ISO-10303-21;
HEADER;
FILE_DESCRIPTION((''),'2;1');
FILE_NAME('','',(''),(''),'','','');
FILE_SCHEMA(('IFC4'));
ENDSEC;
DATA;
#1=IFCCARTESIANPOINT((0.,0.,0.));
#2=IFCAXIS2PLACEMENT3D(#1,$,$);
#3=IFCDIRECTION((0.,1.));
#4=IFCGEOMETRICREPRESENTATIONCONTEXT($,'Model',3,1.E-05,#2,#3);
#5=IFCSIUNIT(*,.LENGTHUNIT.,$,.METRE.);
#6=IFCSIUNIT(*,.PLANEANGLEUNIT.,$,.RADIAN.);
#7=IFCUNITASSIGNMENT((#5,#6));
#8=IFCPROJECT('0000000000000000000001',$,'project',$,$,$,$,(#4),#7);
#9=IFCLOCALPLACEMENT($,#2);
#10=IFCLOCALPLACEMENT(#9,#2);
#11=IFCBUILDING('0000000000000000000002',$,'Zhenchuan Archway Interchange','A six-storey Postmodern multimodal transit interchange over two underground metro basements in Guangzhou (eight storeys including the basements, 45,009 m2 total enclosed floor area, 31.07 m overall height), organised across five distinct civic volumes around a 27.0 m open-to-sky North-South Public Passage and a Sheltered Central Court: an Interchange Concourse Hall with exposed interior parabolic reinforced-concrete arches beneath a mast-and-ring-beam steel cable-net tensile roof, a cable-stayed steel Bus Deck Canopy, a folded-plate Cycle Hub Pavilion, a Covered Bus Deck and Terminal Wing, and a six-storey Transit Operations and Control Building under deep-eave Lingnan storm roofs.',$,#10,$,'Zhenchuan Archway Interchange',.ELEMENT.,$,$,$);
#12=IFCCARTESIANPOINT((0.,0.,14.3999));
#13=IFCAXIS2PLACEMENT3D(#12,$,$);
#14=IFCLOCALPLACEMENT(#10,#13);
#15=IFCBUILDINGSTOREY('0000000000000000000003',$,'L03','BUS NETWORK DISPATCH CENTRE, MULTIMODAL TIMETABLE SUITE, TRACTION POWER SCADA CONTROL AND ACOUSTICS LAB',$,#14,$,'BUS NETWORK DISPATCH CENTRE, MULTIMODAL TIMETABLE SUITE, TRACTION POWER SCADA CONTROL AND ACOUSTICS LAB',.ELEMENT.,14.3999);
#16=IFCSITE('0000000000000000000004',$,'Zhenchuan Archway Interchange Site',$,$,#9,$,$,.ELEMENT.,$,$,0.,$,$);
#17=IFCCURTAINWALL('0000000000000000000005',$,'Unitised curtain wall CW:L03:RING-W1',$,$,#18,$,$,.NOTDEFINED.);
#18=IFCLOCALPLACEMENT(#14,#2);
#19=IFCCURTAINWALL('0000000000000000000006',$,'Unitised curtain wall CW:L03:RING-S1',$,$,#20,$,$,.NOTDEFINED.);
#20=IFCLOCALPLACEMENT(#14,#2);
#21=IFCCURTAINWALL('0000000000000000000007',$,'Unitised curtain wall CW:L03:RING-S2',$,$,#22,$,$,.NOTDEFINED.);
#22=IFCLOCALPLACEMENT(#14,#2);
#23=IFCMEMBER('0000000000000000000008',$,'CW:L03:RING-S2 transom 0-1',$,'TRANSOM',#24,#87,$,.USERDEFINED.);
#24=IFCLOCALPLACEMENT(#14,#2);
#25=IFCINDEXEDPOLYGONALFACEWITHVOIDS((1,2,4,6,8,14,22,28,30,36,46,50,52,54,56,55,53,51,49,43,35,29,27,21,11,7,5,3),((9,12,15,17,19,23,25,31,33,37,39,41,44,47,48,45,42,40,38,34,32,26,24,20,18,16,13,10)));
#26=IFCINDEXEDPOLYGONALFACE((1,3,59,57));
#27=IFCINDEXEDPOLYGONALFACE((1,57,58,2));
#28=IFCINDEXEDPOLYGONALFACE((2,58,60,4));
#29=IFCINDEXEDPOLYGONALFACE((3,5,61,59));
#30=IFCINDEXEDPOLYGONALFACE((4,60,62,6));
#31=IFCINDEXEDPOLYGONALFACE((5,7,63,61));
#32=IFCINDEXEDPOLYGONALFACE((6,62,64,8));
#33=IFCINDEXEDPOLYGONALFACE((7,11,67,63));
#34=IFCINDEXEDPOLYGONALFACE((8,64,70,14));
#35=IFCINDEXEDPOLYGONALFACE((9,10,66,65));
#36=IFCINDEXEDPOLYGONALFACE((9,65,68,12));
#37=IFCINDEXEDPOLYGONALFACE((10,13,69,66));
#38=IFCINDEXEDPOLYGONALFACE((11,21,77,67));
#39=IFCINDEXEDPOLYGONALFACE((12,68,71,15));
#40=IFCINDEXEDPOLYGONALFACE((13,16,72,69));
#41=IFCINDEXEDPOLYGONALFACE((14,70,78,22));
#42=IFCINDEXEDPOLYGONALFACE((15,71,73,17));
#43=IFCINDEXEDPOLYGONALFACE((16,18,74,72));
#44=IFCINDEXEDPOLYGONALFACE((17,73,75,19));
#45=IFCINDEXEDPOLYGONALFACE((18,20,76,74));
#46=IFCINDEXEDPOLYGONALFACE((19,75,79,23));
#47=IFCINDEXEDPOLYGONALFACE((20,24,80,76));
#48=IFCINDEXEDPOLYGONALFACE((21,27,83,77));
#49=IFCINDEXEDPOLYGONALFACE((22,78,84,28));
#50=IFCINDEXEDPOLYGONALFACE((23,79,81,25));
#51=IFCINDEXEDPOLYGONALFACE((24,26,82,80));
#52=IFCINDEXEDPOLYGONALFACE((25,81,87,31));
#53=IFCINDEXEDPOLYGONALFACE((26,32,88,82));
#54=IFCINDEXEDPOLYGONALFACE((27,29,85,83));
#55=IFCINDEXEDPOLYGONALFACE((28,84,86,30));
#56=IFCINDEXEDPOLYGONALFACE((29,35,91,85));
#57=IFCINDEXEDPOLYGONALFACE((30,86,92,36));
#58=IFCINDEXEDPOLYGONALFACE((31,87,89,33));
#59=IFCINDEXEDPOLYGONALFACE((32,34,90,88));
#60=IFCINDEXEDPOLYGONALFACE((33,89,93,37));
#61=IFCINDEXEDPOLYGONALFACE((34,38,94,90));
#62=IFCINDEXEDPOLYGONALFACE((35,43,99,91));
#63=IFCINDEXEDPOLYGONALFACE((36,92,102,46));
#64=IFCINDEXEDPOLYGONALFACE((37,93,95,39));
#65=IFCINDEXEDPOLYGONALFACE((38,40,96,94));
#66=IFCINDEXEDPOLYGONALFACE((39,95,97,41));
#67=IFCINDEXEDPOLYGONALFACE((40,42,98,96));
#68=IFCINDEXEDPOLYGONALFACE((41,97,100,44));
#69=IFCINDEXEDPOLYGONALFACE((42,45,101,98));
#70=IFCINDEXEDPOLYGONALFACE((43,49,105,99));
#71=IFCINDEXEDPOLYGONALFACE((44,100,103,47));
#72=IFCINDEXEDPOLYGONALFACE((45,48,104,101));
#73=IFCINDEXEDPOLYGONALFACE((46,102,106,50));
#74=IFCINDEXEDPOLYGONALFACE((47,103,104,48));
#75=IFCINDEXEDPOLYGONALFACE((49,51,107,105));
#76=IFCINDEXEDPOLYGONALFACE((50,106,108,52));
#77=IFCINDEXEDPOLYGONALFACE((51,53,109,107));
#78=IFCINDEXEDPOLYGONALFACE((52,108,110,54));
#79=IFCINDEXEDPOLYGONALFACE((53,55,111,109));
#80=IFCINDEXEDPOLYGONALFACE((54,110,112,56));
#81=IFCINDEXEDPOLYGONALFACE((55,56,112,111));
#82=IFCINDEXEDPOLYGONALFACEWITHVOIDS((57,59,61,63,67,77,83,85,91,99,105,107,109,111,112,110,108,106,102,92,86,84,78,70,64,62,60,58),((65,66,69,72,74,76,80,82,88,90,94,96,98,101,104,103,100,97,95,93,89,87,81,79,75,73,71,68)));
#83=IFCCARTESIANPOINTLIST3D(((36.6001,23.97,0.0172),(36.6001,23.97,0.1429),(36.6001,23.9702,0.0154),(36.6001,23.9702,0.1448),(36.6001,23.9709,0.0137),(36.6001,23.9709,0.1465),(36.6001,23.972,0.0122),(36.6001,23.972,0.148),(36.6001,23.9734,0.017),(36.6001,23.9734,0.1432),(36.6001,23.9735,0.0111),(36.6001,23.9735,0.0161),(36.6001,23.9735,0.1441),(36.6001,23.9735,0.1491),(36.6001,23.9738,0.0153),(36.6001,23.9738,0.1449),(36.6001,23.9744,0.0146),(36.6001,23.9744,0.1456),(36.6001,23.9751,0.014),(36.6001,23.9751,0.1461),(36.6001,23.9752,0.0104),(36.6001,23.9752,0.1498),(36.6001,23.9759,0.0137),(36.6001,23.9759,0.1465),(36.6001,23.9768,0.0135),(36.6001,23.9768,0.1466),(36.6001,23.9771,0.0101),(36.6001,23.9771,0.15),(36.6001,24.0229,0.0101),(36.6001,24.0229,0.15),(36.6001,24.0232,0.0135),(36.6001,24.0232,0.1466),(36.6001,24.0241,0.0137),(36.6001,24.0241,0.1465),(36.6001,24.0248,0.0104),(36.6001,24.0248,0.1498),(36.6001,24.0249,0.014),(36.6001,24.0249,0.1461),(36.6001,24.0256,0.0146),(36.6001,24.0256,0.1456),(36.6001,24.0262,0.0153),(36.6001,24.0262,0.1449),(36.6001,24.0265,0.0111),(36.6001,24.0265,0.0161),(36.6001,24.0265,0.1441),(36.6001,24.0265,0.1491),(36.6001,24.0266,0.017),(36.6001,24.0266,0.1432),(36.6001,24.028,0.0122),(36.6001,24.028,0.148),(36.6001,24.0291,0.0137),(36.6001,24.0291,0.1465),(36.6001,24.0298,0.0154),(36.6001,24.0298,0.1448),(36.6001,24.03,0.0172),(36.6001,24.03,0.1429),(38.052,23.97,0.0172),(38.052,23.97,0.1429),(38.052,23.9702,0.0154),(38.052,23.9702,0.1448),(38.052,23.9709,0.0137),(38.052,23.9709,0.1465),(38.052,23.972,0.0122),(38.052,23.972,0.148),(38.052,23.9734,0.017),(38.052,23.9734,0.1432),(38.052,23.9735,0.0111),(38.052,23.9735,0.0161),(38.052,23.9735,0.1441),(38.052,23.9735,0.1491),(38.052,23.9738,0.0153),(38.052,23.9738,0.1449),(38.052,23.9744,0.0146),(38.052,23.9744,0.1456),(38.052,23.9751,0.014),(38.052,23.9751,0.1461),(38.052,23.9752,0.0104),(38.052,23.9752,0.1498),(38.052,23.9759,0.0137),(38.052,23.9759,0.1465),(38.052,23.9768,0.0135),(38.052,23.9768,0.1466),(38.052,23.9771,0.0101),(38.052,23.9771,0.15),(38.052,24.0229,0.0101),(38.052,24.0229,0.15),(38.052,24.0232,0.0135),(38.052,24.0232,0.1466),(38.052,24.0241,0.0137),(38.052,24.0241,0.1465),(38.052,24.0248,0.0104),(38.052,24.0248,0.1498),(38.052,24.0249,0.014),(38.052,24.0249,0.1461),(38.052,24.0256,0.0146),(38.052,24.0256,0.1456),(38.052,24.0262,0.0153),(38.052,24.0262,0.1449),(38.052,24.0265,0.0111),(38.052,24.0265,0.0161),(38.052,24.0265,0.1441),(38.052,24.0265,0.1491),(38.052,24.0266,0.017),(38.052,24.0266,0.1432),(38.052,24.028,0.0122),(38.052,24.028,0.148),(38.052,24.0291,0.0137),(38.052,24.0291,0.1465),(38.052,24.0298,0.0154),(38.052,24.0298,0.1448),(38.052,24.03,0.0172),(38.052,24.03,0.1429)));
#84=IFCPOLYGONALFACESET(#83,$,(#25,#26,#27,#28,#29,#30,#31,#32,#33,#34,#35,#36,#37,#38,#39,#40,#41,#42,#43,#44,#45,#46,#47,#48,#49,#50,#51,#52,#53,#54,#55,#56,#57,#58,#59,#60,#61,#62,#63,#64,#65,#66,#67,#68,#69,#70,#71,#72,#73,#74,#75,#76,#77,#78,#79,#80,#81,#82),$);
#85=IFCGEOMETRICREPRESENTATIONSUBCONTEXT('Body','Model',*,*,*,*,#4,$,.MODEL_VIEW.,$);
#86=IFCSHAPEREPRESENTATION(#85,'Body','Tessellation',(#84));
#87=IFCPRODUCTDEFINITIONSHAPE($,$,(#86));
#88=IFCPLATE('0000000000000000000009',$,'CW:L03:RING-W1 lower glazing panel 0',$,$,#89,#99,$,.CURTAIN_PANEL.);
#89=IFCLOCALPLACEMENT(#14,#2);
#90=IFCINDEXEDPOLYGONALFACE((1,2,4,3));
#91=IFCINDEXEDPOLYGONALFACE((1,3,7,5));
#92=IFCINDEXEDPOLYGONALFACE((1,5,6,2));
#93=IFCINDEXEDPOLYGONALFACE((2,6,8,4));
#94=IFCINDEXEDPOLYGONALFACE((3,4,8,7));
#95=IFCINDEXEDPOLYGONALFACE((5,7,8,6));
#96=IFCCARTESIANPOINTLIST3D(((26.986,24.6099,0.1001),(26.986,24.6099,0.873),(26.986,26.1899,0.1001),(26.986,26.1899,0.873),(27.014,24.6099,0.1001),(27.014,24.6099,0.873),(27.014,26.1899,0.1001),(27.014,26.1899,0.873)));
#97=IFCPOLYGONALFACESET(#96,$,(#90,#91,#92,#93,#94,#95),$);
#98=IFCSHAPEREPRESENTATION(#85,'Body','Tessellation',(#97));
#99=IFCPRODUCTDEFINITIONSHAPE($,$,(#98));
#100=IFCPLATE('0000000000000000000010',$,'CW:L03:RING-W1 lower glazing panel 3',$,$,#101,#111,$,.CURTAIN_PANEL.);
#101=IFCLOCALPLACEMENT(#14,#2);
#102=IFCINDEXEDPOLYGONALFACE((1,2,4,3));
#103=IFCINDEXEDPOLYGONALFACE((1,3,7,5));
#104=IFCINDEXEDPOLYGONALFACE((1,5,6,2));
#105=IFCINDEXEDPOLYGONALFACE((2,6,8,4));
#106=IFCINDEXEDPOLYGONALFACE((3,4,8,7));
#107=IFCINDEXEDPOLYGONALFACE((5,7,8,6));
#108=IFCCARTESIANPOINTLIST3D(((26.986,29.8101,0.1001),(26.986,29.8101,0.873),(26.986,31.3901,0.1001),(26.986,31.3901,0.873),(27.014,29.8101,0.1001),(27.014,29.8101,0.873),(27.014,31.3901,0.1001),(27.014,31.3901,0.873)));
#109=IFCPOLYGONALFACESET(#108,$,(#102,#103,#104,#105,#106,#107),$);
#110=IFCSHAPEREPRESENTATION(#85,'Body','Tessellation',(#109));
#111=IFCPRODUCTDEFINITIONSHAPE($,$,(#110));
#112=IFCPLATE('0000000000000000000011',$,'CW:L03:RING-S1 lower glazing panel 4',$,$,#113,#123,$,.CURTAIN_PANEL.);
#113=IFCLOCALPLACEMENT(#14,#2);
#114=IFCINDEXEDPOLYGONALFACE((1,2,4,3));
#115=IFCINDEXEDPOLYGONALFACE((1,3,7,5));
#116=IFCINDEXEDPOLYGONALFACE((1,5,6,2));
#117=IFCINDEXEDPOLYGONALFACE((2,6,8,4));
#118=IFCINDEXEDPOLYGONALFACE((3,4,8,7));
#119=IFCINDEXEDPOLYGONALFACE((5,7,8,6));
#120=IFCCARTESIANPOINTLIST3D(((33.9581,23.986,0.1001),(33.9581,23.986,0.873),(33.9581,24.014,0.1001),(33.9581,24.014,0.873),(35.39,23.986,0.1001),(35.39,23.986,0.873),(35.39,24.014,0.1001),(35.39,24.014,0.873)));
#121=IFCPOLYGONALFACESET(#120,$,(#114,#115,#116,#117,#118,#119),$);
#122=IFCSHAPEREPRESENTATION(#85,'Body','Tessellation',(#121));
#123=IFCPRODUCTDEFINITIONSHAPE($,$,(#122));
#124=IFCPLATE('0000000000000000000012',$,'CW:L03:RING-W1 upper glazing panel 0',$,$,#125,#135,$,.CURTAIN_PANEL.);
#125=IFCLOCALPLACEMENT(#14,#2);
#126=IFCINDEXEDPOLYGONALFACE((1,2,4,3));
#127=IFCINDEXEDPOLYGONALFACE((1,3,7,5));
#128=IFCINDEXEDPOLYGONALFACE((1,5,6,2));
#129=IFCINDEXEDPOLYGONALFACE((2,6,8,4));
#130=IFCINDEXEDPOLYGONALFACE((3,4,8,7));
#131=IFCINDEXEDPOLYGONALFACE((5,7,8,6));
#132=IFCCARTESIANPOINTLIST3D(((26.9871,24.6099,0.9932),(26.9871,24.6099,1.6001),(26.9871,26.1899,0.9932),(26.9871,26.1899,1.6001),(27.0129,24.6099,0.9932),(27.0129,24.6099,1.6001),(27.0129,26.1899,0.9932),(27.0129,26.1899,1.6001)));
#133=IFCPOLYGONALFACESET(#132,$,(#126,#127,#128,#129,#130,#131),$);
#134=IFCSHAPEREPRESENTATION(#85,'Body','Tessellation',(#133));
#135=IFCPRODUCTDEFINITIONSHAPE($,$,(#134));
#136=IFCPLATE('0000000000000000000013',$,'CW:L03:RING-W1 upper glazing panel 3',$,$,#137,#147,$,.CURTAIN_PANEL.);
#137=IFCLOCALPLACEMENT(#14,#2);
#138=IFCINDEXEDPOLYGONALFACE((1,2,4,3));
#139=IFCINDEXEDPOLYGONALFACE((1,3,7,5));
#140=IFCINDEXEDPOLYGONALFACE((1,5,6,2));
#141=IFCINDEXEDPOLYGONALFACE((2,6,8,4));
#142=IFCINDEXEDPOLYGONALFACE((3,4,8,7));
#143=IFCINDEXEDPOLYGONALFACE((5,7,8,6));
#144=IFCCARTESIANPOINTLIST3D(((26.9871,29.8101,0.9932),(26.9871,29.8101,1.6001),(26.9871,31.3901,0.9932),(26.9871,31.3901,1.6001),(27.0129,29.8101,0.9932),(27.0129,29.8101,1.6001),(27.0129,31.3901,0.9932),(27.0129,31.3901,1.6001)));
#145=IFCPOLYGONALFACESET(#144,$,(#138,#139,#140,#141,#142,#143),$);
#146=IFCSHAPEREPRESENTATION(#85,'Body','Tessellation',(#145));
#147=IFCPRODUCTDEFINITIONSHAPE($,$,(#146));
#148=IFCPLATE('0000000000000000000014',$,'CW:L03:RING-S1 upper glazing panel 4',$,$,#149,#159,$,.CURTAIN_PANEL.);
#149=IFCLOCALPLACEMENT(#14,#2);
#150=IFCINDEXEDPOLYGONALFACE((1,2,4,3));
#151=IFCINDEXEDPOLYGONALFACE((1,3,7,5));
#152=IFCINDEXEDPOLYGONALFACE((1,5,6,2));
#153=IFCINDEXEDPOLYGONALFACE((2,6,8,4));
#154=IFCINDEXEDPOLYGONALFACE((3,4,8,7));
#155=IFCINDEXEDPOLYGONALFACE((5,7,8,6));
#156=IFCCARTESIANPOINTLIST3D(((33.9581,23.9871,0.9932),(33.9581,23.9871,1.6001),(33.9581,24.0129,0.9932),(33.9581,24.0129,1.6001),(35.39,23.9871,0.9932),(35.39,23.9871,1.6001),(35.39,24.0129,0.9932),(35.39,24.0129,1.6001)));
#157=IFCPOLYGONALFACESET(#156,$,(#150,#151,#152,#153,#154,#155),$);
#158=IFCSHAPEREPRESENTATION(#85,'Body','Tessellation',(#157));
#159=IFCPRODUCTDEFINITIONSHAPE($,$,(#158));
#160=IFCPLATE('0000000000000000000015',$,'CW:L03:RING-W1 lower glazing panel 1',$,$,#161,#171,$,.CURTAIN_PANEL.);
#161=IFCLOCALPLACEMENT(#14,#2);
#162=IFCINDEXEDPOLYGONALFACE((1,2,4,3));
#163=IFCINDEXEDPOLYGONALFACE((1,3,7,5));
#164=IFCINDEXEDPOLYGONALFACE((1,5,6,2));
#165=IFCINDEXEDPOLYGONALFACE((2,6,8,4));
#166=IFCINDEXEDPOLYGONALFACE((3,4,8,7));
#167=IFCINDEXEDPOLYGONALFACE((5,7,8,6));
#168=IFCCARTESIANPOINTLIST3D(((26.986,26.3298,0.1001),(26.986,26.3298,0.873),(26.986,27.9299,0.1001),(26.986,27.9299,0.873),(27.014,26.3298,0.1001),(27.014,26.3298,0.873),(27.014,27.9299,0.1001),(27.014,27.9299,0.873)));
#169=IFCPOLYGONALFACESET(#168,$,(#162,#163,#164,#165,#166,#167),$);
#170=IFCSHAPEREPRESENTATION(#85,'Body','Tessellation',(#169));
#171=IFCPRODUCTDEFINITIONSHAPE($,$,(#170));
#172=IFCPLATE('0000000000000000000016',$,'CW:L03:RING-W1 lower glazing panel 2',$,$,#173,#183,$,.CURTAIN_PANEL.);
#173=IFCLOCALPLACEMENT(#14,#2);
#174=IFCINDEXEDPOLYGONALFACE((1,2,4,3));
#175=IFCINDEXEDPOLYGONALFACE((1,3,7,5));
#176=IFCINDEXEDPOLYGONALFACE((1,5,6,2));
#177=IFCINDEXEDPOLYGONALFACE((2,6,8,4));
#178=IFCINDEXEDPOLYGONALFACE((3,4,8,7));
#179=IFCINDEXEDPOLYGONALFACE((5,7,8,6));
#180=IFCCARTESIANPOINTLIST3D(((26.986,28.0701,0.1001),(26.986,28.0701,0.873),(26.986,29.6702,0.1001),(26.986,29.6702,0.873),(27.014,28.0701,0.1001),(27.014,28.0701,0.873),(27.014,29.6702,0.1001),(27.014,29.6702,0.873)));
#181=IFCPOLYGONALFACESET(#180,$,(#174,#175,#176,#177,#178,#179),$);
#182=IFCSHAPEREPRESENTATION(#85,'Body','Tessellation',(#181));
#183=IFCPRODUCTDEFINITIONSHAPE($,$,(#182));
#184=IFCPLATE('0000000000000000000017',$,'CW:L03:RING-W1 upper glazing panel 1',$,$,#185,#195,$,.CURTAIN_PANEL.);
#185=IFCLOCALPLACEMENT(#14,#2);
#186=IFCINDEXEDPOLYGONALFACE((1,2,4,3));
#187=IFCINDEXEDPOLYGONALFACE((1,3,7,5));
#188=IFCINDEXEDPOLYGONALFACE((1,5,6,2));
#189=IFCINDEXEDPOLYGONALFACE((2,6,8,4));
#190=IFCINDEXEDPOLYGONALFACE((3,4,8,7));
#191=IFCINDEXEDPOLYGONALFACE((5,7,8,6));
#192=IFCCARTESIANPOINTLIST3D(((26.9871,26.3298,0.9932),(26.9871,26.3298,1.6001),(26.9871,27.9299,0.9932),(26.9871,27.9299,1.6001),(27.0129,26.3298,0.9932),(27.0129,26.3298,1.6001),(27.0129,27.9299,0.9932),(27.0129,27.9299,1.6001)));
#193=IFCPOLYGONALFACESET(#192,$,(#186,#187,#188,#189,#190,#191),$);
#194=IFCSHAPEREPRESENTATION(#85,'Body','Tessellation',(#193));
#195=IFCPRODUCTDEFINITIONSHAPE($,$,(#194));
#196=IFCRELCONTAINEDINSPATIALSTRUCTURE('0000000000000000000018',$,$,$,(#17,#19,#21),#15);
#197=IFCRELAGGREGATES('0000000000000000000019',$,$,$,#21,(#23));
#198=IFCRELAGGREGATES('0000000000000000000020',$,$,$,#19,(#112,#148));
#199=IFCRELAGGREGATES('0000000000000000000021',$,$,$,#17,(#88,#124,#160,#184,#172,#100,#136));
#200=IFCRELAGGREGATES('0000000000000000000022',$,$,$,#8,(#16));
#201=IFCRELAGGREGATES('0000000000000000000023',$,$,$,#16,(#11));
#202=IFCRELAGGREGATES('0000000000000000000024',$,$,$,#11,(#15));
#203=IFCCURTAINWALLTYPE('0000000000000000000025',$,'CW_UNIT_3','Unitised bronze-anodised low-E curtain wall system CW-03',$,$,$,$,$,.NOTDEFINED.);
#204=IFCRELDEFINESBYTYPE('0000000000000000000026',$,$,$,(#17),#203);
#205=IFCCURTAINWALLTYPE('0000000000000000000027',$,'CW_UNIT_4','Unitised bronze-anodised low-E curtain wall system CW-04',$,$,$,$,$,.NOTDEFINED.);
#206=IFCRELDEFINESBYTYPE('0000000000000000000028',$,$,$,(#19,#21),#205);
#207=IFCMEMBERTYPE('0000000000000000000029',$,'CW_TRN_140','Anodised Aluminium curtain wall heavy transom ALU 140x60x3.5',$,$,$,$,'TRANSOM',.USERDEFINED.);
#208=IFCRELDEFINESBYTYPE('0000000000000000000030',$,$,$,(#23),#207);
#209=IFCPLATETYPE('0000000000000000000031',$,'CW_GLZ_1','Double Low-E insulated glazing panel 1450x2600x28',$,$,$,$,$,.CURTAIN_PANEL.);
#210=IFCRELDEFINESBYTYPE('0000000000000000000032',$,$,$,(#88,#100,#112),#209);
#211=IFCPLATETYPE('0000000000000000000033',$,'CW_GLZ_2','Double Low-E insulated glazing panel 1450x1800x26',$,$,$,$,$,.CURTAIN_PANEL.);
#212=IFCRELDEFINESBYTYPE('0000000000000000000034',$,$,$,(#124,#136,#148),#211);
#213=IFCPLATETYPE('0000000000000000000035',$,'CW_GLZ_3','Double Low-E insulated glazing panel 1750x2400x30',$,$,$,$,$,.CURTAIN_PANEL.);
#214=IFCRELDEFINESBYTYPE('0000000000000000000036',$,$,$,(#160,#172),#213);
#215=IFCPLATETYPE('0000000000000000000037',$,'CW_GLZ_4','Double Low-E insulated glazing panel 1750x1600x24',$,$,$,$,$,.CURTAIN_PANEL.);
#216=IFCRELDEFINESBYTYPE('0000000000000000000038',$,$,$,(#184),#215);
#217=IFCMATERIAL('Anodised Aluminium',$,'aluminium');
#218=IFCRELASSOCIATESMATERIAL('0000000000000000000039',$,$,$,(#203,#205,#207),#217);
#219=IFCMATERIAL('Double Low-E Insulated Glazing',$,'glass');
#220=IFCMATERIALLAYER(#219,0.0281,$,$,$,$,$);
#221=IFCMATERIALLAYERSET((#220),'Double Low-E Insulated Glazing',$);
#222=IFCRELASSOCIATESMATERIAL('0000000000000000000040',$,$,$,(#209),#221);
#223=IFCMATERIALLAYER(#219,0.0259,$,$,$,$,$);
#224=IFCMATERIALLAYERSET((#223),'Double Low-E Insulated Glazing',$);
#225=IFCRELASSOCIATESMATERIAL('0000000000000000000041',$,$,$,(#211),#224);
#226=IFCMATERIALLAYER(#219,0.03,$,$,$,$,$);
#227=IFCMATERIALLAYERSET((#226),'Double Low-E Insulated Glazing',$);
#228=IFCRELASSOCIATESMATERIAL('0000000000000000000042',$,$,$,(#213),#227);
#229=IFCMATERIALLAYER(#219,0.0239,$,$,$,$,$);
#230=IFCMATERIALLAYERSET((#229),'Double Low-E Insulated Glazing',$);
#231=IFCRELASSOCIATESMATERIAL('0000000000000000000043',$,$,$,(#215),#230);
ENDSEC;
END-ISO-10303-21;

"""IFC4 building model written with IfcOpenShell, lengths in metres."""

from ifc_helpers import new_model, si_unit, direction, frame, origin, origin_2d, place, context, subcontext, project, spatial, rectangle, hollow_rectangle, extrude, material, layer, layer_set, material_profile, profile_set, type_object, element, aggregate, save


model = new_model("IFC4")

# Units and contexts
model_context = context("Model", 3, precision=1e-05, world=origin(), true_north=direction((0.0, 1.0)))
body_context = subcontext(model_context, "Body", "Model", "MODEL_VIEW")
ifc_project = project(units=[si_unit("LENGTHUNIT", "METRE"), si_unit("PLANEANGLEUNIT", "RADIAN")], contexts=[model_context])

# Site, building, storey
site_placement = place(None, origin())
site = spatial("IfcSite", under=ifc_project, at=site_placement, Name="Zhenchuan Archway Interchange Site", CompositionType="ELEMENT", RefElevation=0.0)
building_placement = place(site_placement, origin())
building = spatial("IfcBuilding", under=site, at=building_placement, Name="Zhenchuan Archway Interchange", Description="A six-storey Postmodern multimodal transit interchange over two underground metro basements in Guangzhou (eight storeys including the basements, 45,009 m2 total enclosed floor area, 31.07 m overall height), organised across five distinct civic volumes around a 27.0 m open-to-sky North-South Public Passage and a Sheltered Central Court: an Interchange Concourse Hall with exposed interior parabolic reinforced-concrete arches beneath a mast-and-ring-beam steel cable-net tensile roof, a cable-stayed steel Bus Deck Canopy, a folded-plate Cycle Hub Pavilion, a Covered Bus Deck and Terminal Wing, and a six-storey Transit Operations and Control Building under deep-eave Lingnan storm roofs.", LongName="Zhenchuan Archway Interchange", CompositionType="ELEMENT")
storey_placement = place(building_placement, frame((0.0, 0.0, 14.3999)))
storey = spatial("IfcBuildingStorey", under=building, at=storey_placement, Name="L03", Description="BUS NETWORK DISPATCH CENTRE, MULTIMODAL TIMETABLE SUITE, TRACTION POWER SCADA CONTROL AND ACOUSTICS LAB", LongName="BUS NETWORK DISPATCH CENTRE, MULTIMODAL TIMETABLE SUITE, TRACTION POWER SCADA CONTROL AND ACOUSTICS LAB", CompositionType="ELEMENT", Elevation=14.3999)

# Curtain wall
ifc_material_1 = material(Name="Anodised Aluminium", Category="aluminium")
curtain_wall_type_1 = type_object("IfcCurtainWallType", Name="CW_UNIT_3", Description="Unitised bronze-anodised low-E curtain wall system CW-03", PredefinedType="NOTDEFINED", material=ifc_material_1)
curtain_wall_1_placement = place(storey_placement, origin())
curtain_wall_1 = element("IfcCurtainWall", 1, at=curtain_wall_1_placement, inside=storey, type_object=curtain_wall_type_1, Name="Unitised curtain wall CW:L03:RING-W1", PredefinedType="NOTDEFINED")

# Curtain walls
curtain_wall_type_2 = type_object("IfcCurtainWallType", Name="CW_UNIT_4", Description="Unitised bronze-anodised low-E curtain wall system CW-04", PredefinedType="NOTDEFINED", material=ifc_material_1)
curtain_wall_2_placement = place(storey_placement, origin())
curtain_wall_2 = element("IfcCurtainWall", 2, at=curtain_wall_2_placement, inside=storey, type_object=curtain_wall_type_2, Name="Unitised curtain wall CW:L03:RING-S1", PredefinedType="NOTDEFINED")
curtain_wall_3_placement = place(storey_placement, origin())
curtain_wall_3 = element("IfcCurtainWall", 3, at=curtain_wall_3_placement, inside=storey, type_object=curtain_wall_type_2, Name="Unitised curtain wall CW:L03:RING-S2", PredefinedType="NOTDEFINED")

# Member
ifc_material_profile_1 = material_profile(ifc_material_1, hollow_rectangle(XDim=0.0601, YDim=0.1399, WallThickness=0.0034, InnerFilletRadius=0.0034, OuterFilletRadius=0.0071, at=origin_2d()), Name="ALU 140x60x3.5")
ifc_profile_set_1 = profile_set([ifc_material_profile_1], Name="Anodised Aluminium")
member_type_1 = type_object("IfcMemberType", Name="CW_TRN_140", Description="Anodised Aluminium curtain wall heavy transom ALU 140x60x3.5", ElementType="TRANSOM", PredefinedType="USERDEFINED", material=ifc_profile_set_1)
member_1_placement = place(storey_placement, frame((36.6001, 24.0, 0.0801), z_axis=(1.0, 0.0, 0.0), x_axis=(0.0, 1.0, 0.0)))
member_1 = element("IfcMember", 4, at=member_1_placement, type_object=member_type_1, Name="CW:L03:RING-S2 transom 0-1", ObjectType="TRANSOM", PredefinedType="USERDEFINED", context=body_context, shape_type="SweptSolid", body=[
    extrude(hollow_rectangle(XDim=0.0601, YDim=0.1399, WallThickness=0.0034, InnerFilletRadius=0.0034, OuterFilletRadius=0.0071, at=origin_2d()), origin(), (0.0, 0.0, 1.0), 1.4519),
])
aggregate(curtain_wall_3, [member_1])

# Plates
ifc_material_2 = material(Name="Double Low-E Insulated Glazing", Category="glass")
ifc_layer_1 = layer(ifc_material_2, 0.0281)
ifc_layer_set_1 = layer_set([ifc_layer_1], Name="Double Low-E Insulated Glazing")
plate_type_1 = type_object("IfcPlateType", Name="CW_GLZ_1", Description="Double Low-E insulated glazing panel 1450x2600x28", PredefinedType="CURTAIN_PANEL", material=ifc_layer_set_1)
plate_1_placement = place(storey_placement, frame((27.0, 25.3999, 0.1001), z_axis=(0.0, 0.0, 1.0), x_axis=(0.0, 1.0, 0.0)))
plate_1 = element("IfcPlate", 5, at=plate_1_placement, type_object=plate_type_1, Name="CW:L03:RING-W1 lower glazing panel 0", PredefinedType="CURTAIN_PANEL", context=body_context, shape_type="SweptSolid", body=[
    extrude(rectangle(XDim=1.5801, YDim=0.0281, at=origin_2d()), origin(), (0.0, 0.0, 1.0), 0.7729),
])
plate_2_placement = place(storey_placement, frame((27.0, 30.6001, 0.1001), z_axis=(0.0, 0.0, 1.0), x_axis=(0.0, 1.0, 0.0)))
plate_2 = element("IfcPlate", 6, at=plate_2_placement, type_object=plate_type_1, Name="CW:L03:RING-W1 lower glazing panel 3", PredefinedType="CURTAIN_PANEL", context=body_context, shape_type="SweptSolid", body=[
    extrude(rectangle(XDim=1.5801, YDim=0.0281, at=origin_2d()), origin(), (0.0, 0.0, 1.0), 0.7729),
])
plate_3_placement = place(storey_placement, frame((34.6741, 24.0, 0.1001), z_axis=(0.0, 0.0, 1.0), x_axis=(1.0, 0.0, 0.0)))
plate_3 = element("IfcPlate", 7, at=plate_3_placement, type_object=plate_type_1, Name="CW:L03:RING-S1 lower glazing panel 4", PredefinedType="CURTAIN_PANEL", context=body_context, shape_type="SweptSolid", body=[
    extrude(rectangle(XDim=1.4319, YDim=0.0281, at=origin_2d()), origin(), (0.0, 0.0, 1.0), 0.7729),
])
ifc_layer_2 = layer(ifc_material_2, 0.0259)
ifc_layer_set_2 = layer_set([ifc_layer_2], Name="Double Low-E Insulated Glazing")
plate_type_2 = type_object("IfcPlateType", Name="CW_GLZ_2", Description="Double Low-E insulated glazing panel 1450x1800x26", PredefinedType="CURTAIN_PANEL", material=ifc_layer_set_2)
plate_4_placement = place(storey_placement, frame((27.0, 25.3999, 0.9932), z_axis=(0.0, 0.0, 1.0), x_axis=(0.0, 1.0, 0.0)))
plate_4 = element("IfcPlate", 8, at=plate_4_placement, type_object=plate_type_2, Name="CW:L03:RING-W1 upper glazing panel 0", PredefinedType="CURTAIN_PANEL", context=body_context, shape_type="SweptSolid", body=[
    extrude(rectangle(XDim=1.5801, YDim=0.0259, at=origin_2d()), origin(), (0.0, 0.0, 1.0), 0.6069),
])
plate_5_placement = place(storey_placement, frame((27.0, 30.6001, 0.9932), z_axis=(0.0, 0.0, 1.0), x_axis=(0.0, 1.0, 0.0)))
plate_5 = element("IfcPlate", 9, at=plate_5_placement, type_object=plate_type_2, Name="CW:L03:RING-W1 upper glazing panel 3", PredefinedType="CURTAIN_PANEL", context=body_context, shape_type="SweptSolid", body=[
    extrude(rectangle(XDim=1.5801, YDim=0.0259, at=origin_2d()), origin(), (0.0, 0.0, 1.0), 0.6069),
])
plate_6_placement = place(storey_placement, frame((34.6741, 24.0, 0.9932), z_axis=(0.0, 0.0, 1.0), x_axis=(1.0, 0.0, 0.0)))
plate_6 = element("IfcPlate", 10, at=plate_6_placement, type_object=plate_type_2, Name="CW:L03:RING-S1 upper glazing panel 4", PredefinedType="CURTAIN_PANEL", context=body_context, shape_type="SweptSolid", body=[
    extrude(rectangle(XDim=1.4319, YDim=0.0259, at=origin_2d()), origin(), (0.0, 0.0, 1.0), 0.6069),
])
aggregate(curtain_wall_2, [plate_3, plate_6])
ifc_layer_3 = layer(ifc_material_2, 0.03)
ifc_layer_set_3 = layer_set([ifc_layer_3], Name="Double Low-E Insulated Glazing")
plate_type_3 = type_object("IfcPlateType", Name="CW_GLZ_3", Description="Double Low-E insulated glazing panel 1750x2400x30", PredefinedType="CURTAIN_PANEL", material=ifc_layer_set_3)
plate_7_placement = place(storey_placement, frame((27.0, 27.1299, 0.1001), z_axis=(0.0, 0.0, 1.0), x_axis=(0.0, 1.0, 0.0)))
plate_7 = element("IfcPlate", 11, at=plate_7_placement, type_object=plate_type_3, Name="CW:L03:RING-W1 lower glazing panel 1", PredefinedType="CURTAIN_PANEL", context=body_context, shape_type="SweptSolid", body=[
    extrude(rectangle(XDim=1.6001, YDim=0.0281, at=origin_2d()), origin(), (0.0, 0.0, 1.0), 0.7729),
])
plate_8_placement = place(storey_placement, frame((27.0, 28.8701, 0.1001), z_axis=(0.0, 0.0, 1.0), x_axis=(0.0, 1.0, 0.0)))
plate_8 = element("IfcPlate", 12, at=plate_8_placement, type_object=plate_type_3, Name="CW:L03:RING-W1 lower glazing panel 2", PredefinedType="CURTAIN_PANEL", context=body_context, shape_type="SweptSolid", body=[
    extrude(rectangle(XDim=1.6001, YDim=0.0281, at=origin_2d()), origin(), (0.0, 0.0, 1.0), 0.7729),
])
ifc_layer_4 = layer(ifc_material_2, 0.0239)
ifc_layer_set_4 = layer_set([ifc_layer_4], Name="Double Low-E Insulated Glazing")
plate_type_4 = type_object("IfcPlateType", Name="CW_GLZ_4", Description="Double Low-E insulated glazing panel 1750x1600x24", PredefinedType="CURTAIN_PANEL", material=ifc_layer_set_4)
plate_9_placement = place(storey_placement, frame((27.0, 27.1299, 0.9932), z_axis=(0.0, 0.0, 1.0), x_axis=(0.0, 1.0, 0.0)))
plate_9 = element("IfcPlate", 13, at=plate_9_placement, type_object=plate_type_4, Name="CW:L03:RING-W1 upper glazing panel 1", PredefinedType="CURTAIN_PANEL", context=body_context, shape_type="SweptSolid", body=[
    extrude(rectangle(XDim=1.6001, YDim=0.0259, at=origin_2d()), origin(), (0.0, 0.0, 1.0), 0.6069),
])
aggregate(curtain_wall_1, [plate_1, plate_4, plate_7, plate_9, plate_8, plate_2, plate_5])

save(model, "model.ifc")
